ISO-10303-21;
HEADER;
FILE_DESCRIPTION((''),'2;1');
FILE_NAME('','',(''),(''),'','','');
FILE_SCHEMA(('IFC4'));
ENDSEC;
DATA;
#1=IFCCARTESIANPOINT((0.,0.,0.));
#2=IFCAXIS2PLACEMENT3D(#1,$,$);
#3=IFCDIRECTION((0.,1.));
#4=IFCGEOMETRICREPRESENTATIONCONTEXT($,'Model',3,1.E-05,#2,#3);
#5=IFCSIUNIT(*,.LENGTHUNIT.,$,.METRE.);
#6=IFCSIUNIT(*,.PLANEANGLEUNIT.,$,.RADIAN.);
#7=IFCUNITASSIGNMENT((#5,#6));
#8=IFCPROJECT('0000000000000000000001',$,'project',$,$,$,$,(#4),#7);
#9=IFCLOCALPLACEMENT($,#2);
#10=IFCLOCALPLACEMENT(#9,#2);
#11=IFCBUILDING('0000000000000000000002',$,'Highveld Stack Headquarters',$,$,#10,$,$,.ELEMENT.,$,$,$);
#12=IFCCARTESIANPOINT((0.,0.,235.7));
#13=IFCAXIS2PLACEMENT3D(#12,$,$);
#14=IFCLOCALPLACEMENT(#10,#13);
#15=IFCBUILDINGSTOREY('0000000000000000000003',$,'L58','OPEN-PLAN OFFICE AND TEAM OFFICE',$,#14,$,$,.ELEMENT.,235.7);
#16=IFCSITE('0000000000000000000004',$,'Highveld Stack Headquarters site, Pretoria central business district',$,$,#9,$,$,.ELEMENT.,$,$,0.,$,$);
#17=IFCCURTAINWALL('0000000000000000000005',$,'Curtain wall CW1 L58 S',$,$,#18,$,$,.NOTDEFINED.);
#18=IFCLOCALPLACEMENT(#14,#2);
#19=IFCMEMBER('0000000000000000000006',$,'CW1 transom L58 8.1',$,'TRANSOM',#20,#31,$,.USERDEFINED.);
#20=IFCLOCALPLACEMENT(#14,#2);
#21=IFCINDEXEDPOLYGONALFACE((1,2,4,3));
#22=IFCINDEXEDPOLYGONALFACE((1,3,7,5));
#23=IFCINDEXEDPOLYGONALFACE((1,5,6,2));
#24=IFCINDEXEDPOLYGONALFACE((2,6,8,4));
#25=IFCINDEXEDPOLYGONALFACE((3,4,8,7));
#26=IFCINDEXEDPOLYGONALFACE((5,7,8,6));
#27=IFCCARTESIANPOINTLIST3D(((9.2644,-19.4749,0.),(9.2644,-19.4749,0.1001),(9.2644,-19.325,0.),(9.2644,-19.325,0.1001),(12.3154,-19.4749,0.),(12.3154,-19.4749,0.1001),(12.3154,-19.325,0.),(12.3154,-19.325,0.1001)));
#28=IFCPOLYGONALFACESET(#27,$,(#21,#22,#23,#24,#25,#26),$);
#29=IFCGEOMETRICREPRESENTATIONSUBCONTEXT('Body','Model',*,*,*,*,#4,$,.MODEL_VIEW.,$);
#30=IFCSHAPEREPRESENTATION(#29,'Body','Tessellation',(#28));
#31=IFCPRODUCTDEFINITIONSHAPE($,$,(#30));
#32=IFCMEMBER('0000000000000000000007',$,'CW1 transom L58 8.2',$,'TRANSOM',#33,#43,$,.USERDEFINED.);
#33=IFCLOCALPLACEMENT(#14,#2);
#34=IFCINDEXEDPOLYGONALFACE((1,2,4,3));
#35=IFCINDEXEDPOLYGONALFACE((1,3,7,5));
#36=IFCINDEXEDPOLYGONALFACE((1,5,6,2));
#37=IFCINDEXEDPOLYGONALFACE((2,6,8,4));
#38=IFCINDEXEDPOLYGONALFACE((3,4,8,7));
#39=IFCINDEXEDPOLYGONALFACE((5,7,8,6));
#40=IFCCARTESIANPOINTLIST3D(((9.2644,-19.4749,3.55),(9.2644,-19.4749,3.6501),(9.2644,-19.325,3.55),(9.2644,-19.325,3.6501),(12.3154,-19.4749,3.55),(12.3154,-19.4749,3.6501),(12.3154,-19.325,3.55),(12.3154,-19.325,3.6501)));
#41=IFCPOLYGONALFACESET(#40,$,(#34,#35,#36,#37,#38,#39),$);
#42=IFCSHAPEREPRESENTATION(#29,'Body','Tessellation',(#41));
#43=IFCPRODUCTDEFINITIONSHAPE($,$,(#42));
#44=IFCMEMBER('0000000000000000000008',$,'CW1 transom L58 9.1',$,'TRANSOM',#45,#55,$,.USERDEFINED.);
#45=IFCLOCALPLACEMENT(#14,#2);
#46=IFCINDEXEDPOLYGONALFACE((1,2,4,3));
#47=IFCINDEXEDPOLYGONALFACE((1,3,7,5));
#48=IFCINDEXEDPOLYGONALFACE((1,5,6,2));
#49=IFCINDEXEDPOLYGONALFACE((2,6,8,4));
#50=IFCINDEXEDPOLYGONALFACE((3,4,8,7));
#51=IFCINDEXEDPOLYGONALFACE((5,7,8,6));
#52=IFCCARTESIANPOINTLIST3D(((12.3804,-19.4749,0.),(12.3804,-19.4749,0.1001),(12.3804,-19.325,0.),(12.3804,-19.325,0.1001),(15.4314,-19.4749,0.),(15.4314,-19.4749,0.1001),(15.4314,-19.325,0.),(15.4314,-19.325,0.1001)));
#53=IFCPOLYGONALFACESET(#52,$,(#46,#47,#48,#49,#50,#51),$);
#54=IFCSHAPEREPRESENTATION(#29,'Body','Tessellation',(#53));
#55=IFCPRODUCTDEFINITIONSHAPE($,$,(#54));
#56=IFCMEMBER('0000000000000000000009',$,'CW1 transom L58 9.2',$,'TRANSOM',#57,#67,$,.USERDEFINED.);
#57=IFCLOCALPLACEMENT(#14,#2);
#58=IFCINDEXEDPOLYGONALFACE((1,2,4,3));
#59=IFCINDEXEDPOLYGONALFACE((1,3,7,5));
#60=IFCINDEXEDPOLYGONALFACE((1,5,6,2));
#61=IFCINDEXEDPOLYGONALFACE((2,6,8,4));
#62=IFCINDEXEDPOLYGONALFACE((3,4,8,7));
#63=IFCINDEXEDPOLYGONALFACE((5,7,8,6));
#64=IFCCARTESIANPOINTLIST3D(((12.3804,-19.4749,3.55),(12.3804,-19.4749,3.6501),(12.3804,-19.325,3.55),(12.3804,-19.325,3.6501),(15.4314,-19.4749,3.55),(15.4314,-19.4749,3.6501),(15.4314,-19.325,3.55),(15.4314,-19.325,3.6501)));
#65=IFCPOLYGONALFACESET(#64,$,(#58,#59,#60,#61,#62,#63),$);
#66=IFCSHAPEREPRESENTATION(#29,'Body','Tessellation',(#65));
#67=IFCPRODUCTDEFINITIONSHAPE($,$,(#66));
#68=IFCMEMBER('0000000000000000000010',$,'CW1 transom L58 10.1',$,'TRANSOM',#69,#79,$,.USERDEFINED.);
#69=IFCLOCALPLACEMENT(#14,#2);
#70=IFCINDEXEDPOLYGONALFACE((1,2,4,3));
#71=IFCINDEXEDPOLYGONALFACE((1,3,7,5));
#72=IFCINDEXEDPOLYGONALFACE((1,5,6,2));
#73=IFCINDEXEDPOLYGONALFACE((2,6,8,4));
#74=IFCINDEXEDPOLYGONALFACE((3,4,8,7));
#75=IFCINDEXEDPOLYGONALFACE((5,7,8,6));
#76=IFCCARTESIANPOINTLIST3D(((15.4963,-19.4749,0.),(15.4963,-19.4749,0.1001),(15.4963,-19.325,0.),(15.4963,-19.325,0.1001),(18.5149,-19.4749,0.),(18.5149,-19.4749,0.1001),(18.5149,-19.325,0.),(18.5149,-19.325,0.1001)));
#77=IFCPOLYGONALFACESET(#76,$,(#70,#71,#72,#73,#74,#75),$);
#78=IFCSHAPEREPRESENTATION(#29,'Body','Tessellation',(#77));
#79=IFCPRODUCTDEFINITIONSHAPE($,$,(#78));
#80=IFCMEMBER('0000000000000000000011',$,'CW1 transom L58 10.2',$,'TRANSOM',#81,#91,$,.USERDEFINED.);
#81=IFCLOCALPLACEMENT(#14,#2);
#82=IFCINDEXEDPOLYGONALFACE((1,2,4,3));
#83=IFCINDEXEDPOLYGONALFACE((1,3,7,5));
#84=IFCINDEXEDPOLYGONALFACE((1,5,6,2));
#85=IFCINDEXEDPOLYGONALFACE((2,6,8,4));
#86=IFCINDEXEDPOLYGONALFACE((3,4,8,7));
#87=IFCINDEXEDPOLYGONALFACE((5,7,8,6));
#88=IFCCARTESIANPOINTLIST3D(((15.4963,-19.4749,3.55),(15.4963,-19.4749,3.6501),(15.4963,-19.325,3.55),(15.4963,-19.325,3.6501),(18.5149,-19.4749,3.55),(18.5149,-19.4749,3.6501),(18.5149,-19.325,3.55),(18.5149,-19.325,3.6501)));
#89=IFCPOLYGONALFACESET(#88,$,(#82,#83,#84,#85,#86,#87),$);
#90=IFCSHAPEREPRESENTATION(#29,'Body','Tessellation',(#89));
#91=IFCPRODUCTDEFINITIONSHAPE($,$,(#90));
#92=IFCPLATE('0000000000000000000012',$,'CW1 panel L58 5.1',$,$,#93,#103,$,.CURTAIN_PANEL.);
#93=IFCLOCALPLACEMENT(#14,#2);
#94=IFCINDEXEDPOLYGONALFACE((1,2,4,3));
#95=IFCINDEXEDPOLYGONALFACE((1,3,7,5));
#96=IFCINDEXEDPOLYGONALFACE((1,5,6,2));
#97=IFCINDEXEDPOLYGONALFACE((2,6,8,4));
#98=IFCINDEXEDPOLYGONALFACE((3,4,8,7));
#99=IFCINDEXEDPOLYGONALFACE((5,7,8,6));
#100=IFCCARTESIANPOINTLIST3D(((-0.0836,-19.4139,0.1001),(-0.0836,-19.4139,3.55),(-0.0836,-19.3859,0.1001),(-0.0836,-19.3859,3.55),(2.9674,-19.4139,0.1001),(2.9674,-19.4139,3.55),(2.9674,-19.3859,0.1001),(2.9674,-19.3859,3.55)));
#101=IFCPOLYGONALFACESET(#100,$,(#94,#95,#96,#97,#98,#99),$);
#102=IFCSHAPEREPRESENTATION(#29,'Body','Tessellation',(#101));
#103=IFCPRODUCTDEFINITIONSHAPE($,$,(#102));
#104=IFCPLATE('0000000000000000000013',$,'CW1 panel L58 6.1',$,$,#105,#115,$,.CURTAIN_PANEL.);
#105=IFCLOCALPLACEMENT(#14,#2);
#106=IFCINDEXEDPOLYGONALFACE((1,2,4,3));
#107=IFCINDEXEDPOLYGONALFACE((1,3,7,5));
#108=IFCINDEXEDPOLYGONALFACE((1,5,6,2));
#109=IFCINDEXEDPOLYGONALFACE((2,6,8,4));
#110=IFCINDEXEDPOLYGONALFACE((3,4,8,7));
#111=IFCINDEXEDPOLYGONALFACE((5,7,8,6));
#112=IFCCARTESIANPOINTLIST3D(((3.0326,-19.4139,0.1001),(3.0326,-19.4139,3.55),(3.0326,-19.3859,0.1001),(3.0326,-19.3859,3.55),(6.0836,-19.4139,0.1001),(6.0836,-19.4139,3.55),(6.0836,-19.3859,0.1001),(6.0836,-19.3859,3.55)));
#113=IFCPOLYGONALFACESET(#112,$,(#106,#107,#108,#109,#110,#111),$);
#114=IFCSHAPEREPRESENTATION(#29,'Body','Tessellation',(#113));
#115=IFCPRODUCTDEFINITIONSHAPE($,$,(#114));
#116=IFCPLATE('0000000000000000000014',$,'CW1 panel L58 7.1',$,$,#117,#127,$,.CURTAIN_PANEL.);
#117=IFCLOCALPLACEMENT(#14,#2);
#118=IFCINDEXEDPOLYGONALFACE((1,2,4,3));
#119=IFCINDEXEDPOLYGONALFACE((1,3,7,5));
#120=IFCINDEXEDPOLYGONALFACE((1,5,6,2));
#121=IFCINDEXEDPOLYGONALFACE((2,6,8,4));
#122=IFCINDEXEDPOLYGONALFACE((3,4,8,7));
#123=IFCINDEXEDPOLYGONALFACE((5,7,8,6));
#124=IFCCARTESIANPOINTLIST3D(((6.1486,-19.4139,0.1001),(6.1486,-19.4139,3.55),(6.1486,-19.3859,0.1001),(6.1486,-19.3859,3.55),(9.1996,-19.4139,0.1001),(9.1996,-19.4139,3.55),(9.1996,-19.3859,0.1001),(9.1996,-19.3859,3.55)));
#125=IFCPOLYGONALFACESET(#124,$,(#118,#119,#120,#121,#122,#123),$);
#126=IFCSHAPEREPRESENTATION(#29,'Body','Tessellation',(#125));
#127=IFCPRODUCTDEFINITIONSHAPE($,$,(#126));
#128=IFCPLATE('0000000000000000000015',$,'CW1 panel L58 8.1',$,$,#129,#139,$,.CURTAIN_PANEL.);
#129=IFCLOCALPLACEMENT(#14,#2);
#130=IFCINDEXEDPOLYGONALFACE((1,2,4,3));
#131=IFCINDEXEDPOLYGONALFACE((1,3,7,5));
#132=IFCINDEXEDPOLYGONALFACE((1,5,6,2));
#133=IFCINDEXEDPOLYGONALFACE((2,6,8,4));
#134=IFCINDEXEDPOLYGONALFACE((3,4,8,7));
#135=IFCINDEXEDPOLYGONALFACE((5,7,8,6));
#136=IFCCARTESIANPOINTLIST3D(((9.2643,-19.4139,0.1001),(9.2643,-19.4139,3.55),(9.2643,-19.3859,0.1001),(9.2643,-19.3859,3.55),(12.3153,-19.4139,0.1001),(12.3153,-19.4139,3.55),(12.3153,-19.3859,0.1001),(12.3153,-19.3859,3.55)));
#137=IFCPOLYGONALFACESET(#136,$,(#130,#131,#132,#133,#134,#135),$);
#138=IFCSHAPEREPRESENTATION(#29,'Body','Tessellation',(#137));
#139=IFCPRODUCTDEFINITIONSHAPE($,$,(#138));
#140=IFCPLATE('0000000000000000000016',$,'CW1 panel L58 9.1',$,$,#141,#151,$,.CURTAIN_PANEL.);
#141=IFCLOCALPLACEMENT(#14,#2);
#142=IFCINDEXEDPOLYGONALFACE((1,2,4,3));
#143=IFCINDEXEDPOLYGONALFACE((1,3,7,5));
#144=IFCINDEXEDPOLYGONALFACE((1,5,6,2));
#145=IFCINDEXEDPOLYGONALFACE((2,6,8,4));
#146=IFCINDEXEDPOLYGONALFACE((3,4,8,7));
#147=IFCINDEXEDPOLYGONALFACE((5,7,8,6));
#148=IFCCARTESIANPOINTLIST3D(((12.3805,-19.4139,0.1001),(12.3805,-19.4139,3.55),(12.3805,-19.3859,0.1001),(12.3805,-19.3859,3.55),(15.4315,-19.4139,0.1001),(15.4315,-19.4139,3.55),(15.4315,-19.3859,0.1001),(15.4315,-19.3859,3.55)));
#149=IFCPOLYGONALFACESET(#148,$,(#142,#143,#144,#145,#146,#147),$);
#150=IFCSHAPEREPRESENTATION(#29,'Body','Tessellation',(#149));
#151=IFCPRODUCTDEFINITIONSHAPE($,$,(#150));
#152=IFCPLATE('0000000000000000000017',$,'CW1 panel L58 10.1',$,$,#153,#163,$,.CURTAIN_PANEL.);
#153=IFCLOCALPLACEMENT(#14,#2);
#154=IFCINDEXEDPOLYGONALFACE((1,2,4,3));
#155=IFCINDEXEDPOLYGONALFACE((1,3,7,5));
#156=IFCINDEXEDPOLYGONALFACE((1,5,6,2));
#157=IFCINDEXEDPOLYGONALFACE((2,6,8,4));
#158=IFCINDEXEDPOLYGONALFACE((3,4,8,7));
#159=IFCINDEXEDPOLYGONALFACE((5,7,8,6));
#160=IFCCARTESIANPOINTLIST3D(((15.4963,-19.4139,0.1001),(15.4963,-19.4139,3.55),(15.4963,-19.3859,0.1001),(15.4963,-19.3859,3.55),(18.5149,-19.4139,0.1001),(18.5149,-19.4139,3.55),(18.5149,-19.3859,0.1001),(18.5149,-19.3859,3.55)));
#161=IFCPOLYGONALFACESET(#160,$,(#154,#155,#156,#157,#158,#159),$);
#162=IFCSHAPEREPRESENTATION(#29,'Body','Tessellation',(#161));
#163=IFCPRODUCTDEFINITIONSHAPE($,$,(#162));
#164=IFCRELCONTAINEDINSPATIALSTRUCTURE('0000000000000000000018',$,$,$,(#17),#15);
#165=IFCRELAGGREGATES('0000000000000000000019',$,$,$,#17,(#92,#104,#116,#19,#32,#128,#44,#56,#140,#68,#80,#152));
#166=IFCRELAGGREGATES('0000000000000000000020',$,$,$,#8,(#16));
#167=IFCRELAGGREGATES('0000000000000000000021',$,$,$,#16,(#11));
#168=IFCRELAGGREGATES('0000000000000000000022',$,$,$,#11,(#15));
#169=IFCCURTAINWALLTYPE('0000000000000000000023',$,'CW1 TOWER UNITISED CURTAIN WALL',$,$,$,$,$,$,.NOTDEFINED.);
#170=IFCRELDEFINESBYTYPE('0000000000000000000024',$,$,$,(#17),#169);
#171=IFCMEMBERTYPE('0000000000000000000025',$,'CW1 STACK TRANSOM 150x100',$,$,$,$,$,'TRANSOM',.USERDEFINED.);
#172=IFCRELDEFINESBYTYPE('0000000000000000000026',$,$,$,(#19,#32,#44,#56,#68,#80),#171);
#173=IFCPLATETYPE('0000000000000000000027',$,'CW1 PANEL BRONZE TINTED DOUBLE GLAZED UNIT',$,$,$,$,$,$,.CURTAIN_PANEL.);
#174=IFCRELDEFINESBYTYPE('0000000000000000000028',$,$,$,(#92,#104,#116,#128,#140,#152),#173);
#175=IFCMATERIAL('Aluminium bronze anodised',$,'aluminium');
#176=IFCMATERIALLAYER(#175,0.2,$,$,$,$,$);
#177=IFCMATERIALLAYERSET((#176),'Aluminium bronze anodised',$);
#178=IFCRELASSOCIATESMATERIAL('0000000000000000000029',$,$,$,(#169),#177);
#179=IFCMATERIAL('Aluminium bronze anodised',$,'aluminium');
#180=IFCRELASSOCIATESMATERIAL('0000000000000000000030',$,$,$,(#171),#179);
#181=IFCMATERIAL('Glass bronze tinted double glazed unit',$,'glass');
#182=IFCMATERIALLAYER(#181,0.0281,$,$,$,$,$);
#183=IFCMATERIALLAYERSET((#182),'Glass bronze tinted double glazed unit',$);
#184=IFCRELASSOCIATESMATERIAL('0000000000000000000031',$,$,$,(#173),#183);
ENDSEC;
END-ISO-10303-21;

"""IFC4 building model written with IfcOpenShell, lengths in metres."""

from ifc_helpers import new_model, si_unit, direction, frame, origin, origin_2d, place, context, subcontext, project, spatial, rectangle, extrude, material, layer, layer_set, material_profile, profile_set, type_object, element, aggregate, save


model = new_model("IFC4")

# Units and contexts
model_context = context("Model", 3, precision=1e-05, world=origin(), true_north=direction((0.0, 1.0)))
body_context = subcontext(model_context, "Body", "Model", "MODEL_VIEW")
ifc_project = project(units=[si_unit("LENGTHUNIT", "METRE"), si_unit("PLANEANGLEUNIT", "RADIAN")], contexts=[model_context])

# Site, building, storey
site_placement = place(None, origin())
site = spatial("IfcSite", under=ifc_project, at=site_placement, Name="Highveld Stack Headquarters site, Pretoria central business district", CompositionType="ELEMENT", RefElevation=0.0)
building_placement = place(site_placement, origin())
building = spatial("IfcBuilding", under=site, at=building_placement, Name="Highveld Stack Headquarters", CompositionType="ELEMENT")
storey_placement = place(building_placement, frame((0.0, 0.0, 235.7)))
storey = spatial("IfcBuildingStorey", under=building, at=storey_placement, Name="L58", Description="OPEN-PLAN OFFICE AND TEAM OFFICE", CompositionType="ELEMENT", Elevation=235.7)

# Curtain wall, members, plates
ifc_material_1 = material(Name="Aluminium bronze anodised", Category="aluminium")
ifc_layer_1 = layer(ifc_material_1, 0.2)
ifc_layer_set_1 = layer_set([ifc_layer_1], Name="Aluminium bronze anodised")
curtain_wall_type = type_object("IfcCurtainWallType", Name="CW1 TOWER UNITISED CURTAIN WALL", PredefinedType="NOTDEFINED", material=ifc_layer_set_1)
curtain_wall_placement = place(storey_placement, origin())
curtain_wall = element("IfcCurtainWall", 1, at=curtain_wall_placement, inside=storey, type_object=curtain_wall_type, Name="Curtain wall CW1 L58 S", PredefinedType="NOTDEFINED")
ifc_material_2 = material(Name="Aluminium bronze anodised", Category="aluminium")
ifc_material_profile_1 = material_profile(ifc_material_2, rectangle(XDim=0.1499, YDim=0.1001, at=origin_2d()), Name="CW1 TRANSOM 150x100")
ifc_profile_set_1 = profile_set([ifc_material_profile_1], Name="Aluminium bronze anodised")
member_type_1 = type_object("IfcMemberType", Name="CW1 STACK TRANSOM 150x100", ElementType="TRANSOM", PredefinedType="USERDEFINED", material=ifc_profile_set_1)
member_1_placement = place(storey_placement, frame((9.2644, -19.3999, 0.05), z_axis=(1.0, 0.0, 0.0), x_axis=(0.0, 1.0, 0.0)))
member_1 = element("IfcMember", 2, at=member_1_placement, type_object=member_type_1, Name="CW1 transom L58 8.1", ObjectType="TRANSOM", PredefinedType="USERDEFINED", context=body_context, shape_type="SweptSolid", body=[
    extrude(rectangle(XDim=0.1499, YDim=0.1001, at=origin_2d()), origin(), (0.0, 0.0, 1.0), 3.051),
])
member_2_placement = place(storey_placement, frame((9.2644, -19.3999, 3.6001), z_axis=(1.0, 0.0, 0.0), x_axis=(0.0, 1.0, 0.0)))
member_2 = element("IfcMember", 3, at=member_2_placement, type_object=member_type_1, Name="CW1 transom L58 8.2", ObjectType="TRANSOM", PredefinedType="USERDEFINED", context=body_context, shape_type="SweptSolid", body=[
    extrude(rectangle(XDim=0.1499, YDim=0.1001, at=origin_2d()), origin(), (0.0, 0.0, 1.0), 3.051),
])
member_3_placement = place(storey_placement, frame((12.3804, -19.3999, 0.05), z_axis=(1.0, 0.0, 0.0), x_axis=(0.0, 1.0, 0.0)))
member_3 = element("IfcMember", 4, at=member_3_placement, type_object=member_type_1, Name="CW1 transom L58 9.1", ObjectType="TRANSOM", PredefinedType="USERDEFINED", context=body_context, shape_type="SweptSolid", body=[
    extrude(rectangle(XDim=0.1499, YDim=0.1001, at=origin_2d()), origin(), (0.0, 0.0, 1.0), 3.051),
])
member_4_placement = place(storey_placement, frame((12.3804, -19.3999, 3.6001), z_axis=(1.0, 0.0, 0.0), x_axis=(0.0, 1.0, 0.0)))
member_4 = element("IfcMember", 5, at=member_4_placement, type_object=member_type_1, Name="CW1 transom L58 9.2", ObjectType="TRANSOM", PredefinedType="USERDEFINED", context=body_context, shape_type="SweptSolid", body=[
    extrude(rectangle(XDim=0.1499, YDim=0.1001, at=origin_2d()), origin(), (0.0, 0.0, 1.0), 3.051),
])
member_5_placement = place(storey_placement, frame((15.4963, -19.3999, 0.05), z_axis=(1.0, 0.0, 0.0), x_axis=(0.0, 1.0, 0.0)))
member_5 = element("IfcMember", 6, at=member_5_placement, type_object=member_type_1, Name="CW1 transom L58 10.1", ObjectType="TRANSOM", PredefinedType="USERDEFINED", context=body_context, shape_type="SweptSolid", body=[
    extrude(rectangle(XDim=0.1499, YDim=0.1001, at=origin_2d()), origin(), (0.0, 0.0, 1.0), 3.0186),
])
member_6_placement = place(storey_placement, frame((15.4963, -19.3999, 3.6001), z_axis=(1.0, 0.0, 0.0), x_axis=(0.0, 1.0, 0.0)))
member_6 = element("IfcMember", 7, at=member_6_placement, type_object=member_type_1, Name="CW1 transom L58 10.2", ObjectType="TRANSOM", PredefinedType="USERDEFINED", context=body_context, shape_type="SweptSolid", body=[
    extrude(rectangle(XDim=0.1499, YDim=0.1001, at=origin_2d()), origin(), (0.0, 0.0, 1.0), 3.0186),
])
ifc_material_3 = material(Name="Glass bronze tinted double glazed unit", Category="glass")
ifc_layer_2 = layer(ifc_material_3, 0.0281)
ifc_layer_set_2 = layer_set([ifc_layer_2], Name="Glass bronze tinted double glazed unit")
plate_type = type_object("IfcPlateType", Name="CW1 PANEL BRONZE TINTED DOUBLE GLAZED UNIT", PredefinedType="CURTAIN_PANEL", material=ifc_layer_set_2)
plate_1_placement = place(storey_placement, frame((1.4419, -19.3999, 0.1001), z_axis=(0.0, 0.0, 1.0), x_axis=(1.0, 0.0, 0.0)))
plate_1 = element("IfcPlate", 8, at=plate_1_placement, type_object=plate_type, Name="CW1 panel L58 5.1", PredefinedType="CURTAIN_PANEL", context=body_context, shape_type="SweptSolid", body=[
    extrude(rectangle(XDim=3.051, YDim=0.0281, at=origin_2d()), origin(), (0.0, 0.0, 1.0), 3.45),
])
plate_2_placement = place(storey_placement, frame((4.5581, -19.3999, 0.1001), z_axis=(0.0, 0.0, 1.0), x_axis=(1.0, 0.0, 0.0)))
plate_2 = element("IfcPlate", 9, at=plate_2_placement, type_object=plate_type, Name="CW1 panel L58 6.1", PredefinedType="CURTAIN_PANEL", context=body_context, shape_type="SweptSolid", body=[
    extrude(rectangle(XDim=3.051, YDim=0.0281, at=origin_2d()), origin(), (0.0, 0.0, 1.0), 3.45),
])
plate_3_placement = place(storey_placement, frame((7.6741, -19.3999, 0.1001), z_axis=(0.0, 0.0, 1.0), x_axis=(1.0, 0.0, 0.0)))
plate_3 = element("IfcPlate", 10, at=plate_3_placement, type_object=plate_type, Name="CW1 panel L58 7.1", PredefinedType="CURTAIN_PANEL", context=body_context, shape_type="SweptSolid", body=[
    extrude(rectangle(XDim=3.051, YDim=0.0281, at=origin_2d()), origin(), (0.0, 0.0, 1.0), 3.45),
])
plate_4_placement = place(storey_placement, frame((10.7898, -19.3999, 0.1001), z_axis=(0.0, 0.0, 1.0), x_axis=(1.0, 0.0, 0.0)))
plate_4 = element("IfcPlate", 11, at=plate_4_placement, type_object=plate_type, Name="CW1 panel L58 8.1", PredefinedType="CURTAIN_PANEL", context=body_context, shape_type="SweptSolid", body=[
    extrude(rectangle(XDim=3.051, YDim=0.0281, at=origin_2d()), origin(), (0.0, 0.0, 1.0), 3.45),
])
plate_5_placement = place(storey_placement, frame((13.906, -19.3999, 0.1001), z_axis=(0.0, 0.0, 1.0), x_axis=(1.0, 0.0, 0.0)))
plate_5 = element("IfcPlate", 12, at=plate_5_placement, type_object=plate_type, Name="CW1 panel L58 9.1", PredefinedType="CURTAIN_PANEL", context=body_context, shape_type="SweptSolid", body=[
    extrude(rectangle(XDim=3.051, YDim=0.0281, at=origin_2d()), origin(), (0.0, 0.0, 1.0), 3.45),
])
plate_6_placement = place(storey_placement, frame((17.0056, -19.3999, 0.1001), z_axis=(0.0, 0.0, 1.0), x_axis=(1.0, 0.0, 0.0)))
plate_6 = element("IfcPlate", 13, at=plate_6_placement, type_object=plate_type, Name="CW1 panel L58 10.1", PredefinedType="CURTAIN_PANEL", context=body_context, shape_type="SweptSolid", body=[
    extrude(rectangle(XDim=3.0186, YDim=0.0281, at=origin_2d()), origin(), (0.0, 0.0, 1.0), 3.45),
])
aggregate(curtain_wall, [plate_1, plate_2, plate_3, member_1, member_2, plate_4, member_3, member_4, plate_5, member_5, member_6, plate_6])

save(model, "model.ifc")
